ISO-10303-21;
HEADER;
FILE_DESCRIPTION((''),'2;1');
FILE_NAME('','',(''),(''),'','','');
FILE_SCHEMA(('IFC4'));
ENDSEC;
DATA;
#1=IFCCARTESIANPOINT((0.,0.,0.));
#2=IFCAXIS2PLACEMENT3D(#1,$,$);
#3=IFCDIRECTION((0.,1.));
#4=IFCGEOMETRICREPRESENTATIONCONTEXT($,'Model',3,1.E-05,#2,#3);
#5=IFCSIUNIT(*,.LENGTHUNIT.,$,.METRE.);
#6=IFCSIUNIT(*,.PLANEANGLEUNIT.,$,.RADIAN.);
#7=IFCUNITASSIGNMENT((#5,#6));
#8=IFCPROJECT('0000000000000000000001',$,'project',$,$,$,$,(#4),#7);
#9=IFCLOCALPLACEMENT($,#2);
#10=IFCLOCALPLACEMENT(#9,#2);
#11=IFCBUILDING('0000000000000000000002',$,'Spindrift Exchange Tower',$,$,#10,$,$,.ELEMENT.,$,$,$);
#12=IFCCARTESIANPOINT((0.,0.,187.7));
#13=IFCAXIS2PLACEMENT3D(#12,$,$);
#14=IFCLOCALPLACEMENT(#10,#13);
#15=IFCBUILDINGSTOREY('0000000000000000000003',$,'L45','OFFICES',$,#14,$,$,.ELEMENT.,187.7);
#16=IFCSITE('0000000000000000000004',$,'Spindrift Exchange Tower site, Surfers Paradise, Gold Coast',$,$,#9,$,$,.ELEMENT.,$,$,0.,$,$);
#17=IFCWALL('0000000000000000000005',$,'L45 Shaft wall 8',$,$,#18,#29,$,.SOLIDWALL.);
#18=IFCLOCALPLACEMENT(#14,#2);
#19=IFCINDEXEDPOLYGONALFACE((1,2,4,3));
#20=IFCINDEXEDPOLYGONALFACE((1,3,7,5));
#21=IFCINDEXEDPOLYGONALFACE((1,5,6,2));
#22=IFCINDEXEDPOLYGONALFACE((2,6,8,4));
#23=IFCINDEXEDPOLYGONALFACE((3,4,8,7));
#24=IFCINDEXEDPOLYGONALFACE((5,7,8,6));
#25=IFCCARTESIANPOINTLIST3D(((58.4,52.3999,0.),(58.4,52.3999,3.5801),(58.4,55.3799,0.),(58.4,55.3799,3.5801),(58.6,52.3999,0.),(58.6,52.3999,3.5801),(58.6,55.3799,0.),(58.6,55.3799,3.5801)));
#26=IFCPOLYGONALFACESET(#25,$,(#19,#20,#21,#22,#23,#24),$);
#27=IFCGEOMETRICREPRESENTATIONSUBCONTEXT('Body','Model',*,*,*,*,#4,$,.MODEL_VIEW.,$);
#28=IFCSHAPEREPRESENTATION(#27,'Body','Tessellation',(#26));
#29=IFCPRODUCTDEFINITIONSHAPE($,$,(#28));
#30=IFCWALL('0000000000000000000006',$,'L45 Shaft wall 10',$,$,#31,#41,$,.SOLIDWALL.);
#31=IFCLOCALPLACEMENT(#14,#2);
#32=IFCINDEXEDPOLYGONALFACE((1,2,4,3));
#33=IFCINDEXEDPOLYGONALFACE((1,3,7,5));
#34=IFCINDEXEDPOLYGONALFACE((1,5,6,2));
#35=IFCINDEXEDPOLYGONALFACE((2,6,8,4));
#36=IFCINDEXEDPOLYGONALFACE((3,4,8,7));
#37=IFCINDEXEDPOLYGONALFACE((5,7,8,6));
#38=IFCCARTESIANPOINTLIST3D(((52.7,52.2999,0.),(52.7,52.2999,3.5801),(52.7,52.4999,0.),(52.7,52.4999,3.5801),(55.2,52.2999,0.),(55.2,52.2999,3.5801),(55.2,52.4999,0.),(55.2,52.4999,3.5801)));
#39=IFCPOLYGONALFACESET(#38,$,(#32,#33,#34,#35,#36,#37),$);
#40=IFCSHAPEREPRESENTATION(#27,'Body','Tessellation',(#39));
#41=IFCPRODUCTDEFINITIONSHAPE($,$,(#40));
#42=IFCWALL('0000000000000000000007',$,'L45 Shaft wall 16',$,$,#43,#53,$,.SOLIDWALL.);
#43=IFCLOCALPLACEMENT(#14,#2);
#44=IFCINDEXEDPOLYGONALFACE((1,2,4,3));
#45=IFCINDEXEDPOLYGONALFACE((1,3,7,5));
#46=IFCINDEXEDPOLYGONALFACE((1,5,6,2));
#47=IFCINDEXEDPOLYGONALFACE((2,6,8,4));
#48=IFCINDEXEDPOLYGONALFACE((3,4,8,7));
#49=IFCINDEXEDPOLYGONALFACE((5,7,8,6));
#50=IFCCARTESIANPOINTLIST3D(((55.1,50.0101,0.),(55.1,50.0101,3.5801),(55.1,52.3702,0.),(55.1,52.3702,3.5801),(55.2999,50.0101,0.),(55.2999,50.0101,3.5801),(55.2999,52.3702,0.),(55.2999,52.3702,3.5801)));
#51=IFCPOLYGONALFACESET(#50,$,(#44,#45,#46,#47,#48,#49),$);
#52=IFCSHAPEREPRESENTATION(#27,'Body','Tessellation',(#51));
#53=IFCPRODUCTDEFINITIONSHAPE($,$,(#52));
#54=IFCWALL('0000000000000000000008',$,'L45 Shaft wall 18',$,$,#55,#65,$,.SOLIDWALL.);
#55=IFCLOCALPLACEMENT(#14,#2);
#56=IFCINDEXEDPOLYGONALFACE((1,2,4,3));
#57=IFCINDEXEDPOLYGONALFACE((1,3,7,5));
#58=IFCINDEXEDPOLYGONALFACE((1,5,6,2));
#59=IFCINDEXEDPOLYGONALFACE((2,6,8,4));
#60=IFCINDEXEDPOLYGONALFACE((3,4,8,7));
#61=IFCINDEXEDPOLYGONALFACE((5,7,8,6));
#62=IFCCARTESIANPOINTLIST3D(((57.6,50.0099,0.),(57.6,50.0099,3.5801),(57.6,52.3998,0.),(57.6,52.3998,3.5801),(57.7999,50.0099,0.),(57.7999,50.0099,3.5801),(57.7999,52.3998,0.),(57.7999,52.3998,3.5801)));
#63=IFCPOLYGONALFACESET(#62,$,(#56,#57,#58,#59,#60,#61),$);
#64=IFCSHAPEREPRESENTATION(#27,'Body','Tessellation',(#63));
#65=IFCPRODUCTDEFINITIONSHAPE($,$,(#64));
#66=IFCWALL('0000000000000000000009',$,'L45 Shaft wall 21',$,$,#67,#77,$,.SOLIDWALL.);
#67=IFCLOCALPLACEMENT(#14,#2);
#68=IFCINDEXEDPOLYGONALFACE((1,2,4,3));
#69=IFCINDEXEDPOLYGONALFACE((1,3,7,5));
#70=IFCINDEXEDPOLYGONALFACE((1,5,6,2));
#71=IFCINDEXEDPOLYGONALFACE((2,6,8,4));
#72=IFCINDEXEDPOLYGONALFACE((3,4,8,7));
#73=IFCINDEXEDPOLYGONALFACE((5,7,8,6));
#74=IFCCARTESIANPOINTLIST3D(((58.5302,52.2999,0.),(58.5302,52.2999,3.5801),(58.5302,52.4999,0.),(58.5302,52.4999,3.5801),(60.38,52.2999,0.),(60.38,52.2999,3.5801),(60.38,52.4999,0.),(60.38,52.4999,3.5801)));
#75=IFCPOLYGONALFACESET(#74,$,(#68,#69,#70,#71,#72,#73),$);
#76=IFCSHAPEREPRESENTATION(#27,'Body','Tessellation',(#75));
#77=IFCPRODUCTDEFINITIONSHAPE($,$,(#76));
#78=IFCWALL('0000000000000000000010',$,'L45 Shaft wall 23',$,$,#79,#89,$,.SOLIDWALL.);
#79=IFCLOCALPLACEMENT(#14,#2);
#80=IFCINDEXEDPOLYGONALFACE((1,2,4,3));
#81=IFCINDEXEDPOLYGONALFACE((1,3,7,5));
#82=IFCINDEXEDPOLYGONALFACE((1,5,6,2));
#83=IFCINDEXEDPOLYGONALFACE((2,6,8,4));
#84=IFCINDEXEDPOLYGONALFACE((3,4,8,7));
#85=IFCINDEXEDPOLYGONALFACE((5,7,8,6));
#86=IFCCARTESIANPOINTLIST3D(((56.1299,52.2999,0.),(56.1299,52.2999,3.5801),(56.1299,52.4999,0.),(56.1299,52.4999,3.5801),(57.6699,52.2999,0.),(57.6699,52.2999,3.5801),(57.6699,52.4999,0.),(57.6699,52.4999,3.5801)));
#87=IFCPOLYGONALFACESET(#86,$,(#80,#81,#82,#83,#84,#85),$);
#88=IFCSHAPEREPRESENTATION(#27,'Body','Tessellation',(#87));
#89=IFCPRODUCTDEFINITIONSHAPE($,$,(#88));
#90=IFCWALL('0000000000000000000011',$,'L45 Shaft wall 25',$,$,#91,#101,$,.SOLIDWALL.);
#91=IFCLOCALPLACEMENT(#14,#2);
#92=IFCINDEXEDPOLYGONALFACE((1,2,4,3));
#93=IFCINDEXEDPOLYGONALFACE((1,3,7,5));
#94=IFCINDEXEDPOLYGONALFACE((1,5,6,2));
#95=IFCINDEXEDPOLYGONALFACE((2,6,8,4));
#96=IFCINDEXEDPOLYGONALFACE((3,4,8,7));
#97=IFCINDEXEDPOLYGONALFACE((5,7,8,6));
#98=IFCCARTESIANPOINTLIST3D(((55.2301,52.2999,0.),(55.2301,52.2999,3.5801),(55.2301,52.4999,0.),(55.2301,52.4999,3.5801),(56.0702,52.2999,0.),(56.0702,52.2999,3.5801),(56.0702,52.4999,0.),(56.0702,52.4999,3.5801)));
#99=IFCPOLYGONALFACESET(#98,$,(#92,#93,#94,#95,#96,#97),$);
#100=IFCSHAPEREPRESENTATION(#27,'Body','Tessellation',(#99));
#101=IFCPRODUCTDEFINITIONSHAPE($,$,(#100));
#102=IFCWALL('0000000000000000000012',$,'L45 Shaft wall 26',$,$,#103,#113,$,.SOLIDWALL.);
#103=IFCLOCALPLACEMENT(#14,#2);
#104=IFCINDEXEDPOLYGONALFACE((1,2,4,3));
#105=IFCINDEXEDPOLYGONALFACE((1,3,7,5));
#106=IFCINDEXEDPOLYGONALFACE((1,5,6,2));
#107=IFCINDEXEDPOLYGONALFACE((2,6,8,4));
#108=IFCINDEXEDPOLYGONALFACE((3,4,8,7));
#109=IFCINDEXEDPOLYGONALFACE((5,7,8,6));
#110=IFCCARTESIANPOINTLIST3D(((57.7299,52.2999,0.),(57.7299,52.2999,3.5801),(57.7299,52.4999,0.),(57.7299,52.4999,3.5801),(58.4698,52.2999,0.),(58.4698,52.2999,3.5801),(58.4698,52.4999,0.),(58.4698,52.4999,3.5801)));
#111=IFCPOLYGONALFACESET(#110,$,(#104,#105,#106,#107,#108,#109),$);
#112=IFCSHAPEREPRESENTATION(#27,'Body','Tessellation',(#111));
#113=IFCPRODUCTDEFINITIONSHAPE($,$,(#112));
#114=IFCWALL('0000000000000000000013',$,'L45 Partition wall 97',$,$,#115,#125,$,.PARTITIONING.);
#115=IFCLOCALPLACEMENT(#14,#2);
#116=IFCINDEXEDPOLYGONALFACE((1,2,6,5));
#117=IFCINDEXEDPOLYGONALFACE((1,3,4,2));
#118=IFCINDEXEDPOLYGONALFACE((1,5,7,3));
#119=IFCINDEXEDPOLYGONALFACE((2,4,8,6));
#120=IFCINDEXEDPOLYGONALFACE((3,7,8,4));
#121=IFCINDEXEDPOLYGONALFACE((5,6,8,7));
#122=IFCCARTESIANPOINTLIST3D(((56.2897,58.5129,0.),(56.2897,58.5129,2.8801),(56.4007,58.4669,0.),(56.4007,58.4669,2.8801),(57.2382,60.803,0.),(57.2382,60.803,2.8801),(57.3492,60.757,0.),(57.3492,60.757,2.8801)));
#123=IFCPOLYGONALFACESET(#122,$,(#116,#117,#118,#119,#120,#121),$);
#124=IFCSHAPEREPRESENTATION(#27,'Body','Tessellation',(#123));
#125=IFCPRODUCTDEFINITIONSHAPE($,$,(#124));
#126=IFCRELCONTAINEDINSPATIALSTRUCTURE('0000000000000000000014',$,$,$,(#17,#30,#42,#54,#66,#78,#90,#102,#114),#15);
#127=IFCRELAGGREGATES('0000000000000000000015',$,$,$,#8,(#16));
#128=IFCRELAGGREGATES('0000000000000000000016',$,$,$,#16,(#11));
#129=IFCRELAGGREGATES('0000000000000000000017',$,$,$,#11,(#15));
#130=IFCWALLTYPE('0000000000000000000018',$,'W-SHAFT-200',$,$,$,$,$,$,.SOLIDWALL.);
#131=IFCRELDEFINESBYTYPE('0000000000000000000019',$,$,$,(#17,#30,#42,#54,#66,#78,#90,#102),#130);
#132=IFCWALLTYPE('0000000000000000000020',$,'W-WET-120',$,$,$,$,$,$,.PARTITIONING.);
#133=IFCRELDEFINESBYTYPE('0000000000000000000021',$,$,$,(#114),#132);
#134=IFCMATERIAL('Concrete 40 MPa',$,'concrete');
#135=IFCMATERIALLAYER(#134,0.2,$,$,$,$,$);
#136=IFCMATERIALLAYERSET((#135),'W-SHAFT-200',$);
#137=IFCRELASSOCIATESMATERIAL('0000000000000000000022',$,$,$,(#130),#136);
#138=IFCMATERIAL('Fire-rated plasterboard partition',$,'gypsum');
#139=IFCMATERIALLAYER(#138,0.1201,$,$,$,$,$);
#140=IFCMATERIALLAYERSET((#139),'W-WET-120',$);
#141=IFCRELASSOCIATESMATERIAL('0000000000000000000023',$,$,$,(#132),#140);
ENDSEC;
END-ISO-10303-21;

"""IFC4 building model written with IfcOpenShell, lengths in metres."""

from ifc_helpers import new_model, si_unit, direction, frame, frame_2d, origin, place, context, subcontext, project, spatial, rectangle, extrude, material, layer, layer_set, type_object, element, save


model = new_model("IFC4")

# Units and contexts
model_context = context("Model", 3, precision=1e-05, world=origin(), true_north=direction((0.0, 1.0)))
body_context = subcontext(model_context, "Body", "Model", "MODEL_VIEW")
ifc_project = project(units=[si_unit("LENGTHUNIT", "METRE"), si_unit("PLANEANGLEUNIT", "RADIAN")], contexts=[model_context])

# Site, building, storey
site_placement = place(None, origin())
site = spatial("IfcSite", under=ifc_project, at=site_placement, Name="Spindrift Exchange Tower site, Surfers Paradise, Gold Coast", CompositionType="ELEMENT", RefElevation=0.0)
building_placement = place(site_placement, origin())
building = spatial("IfcBuilding", under=site, at=building_placement, Name="Spindrift Exchange Tower", CompositionType="ELEMENT")
storey_placement = place(building_placement, frame((0.0, 0.0, 187.7)))
storey = spatial("IfcBuildingStorey", under=building, at=storey_placement, Name="L45", Description="OFFICES", CompositionType="ELEMENT", Elevation=187.7)

# Shared definitions
ifc_material_1 = material(Name="Fire-rated plasterboard partition", Category="gypsum")

# Shared definitions
ifc_material_2 = material(Name="Concrete 40 MPa", Category="concrete")
ifc_layer_1 = layer(ifc_material_2, 0.2)
ifc_layer_set_1 = layer_set([ifc_layer_1], Name="W-SHAFT-200")
wall_type_1 = type_object("IfcWallType", Name="W-SHAFT-200", PredefinedType="SOLIDWALL", material=ifc_layer_set_1)

# Walls
wall_1_placement = place(storey_placement, frame((58.5, 52.3999, 0.0), z_axis=(0.0, 0.0, 1.0), x_axis=(0.0, 1.0, 0.0)))
element("IfcWall", 1, at=wall_1_placement, inside=storey, type_object=wall_type_1, Name="L45 Shaft wall 8", PredefinedType="SOLIDWALL", context=body_context, shape_type="SweptSolid", body=[
    extrude(rectangle(XDim=2.98, YDim=0.2, at=frame_2d((1.49, 0.0))), origin(), (0.0, 0.0, 1.0), 3.5801),
])
wall_2_placement = place(storey_placement, frame((55.2, 52.3999, 0.0), z_axis=(0.0, 0.0, 1.0), x_axis=(-1.0, 0.0, 0.0)))
element("IfcWall", 2, at=wall_2_placement, inside=storey, type_object=wall_type_1, Name="L45 Shaft wall 10", PredefinedType="SOLIDWALL", context=body_context, shape_type="SweptSolid", body=[
    extrude(rectangle(XDim=2.5, YDim=0.2, at=frame_2d((1.25, 0.0))), origin(), (0.0, 0.0, 1.0), 3.5801),
])
wall_3_placement = place(storey_placement, frame((55.2, 50.01, 0.0), z_axis=(0.0, 0.0, 1.0), x_axis=(0.0, 1.0, 0.0)))
element("IfcWall", 3, at=wall_3_placement, inside=storey, type_object=wall_type_1, Name="L45 Shaft wall 16", PredefinedType="SOLIDWALL", context=body_context, shape_type="SweptSolid", body=[
    extrude(rectangle(XDim=2.3601, YDim=0.2, at=frame_2d((1.1802, 0.0))), origin(), (0.0, 0.0, 1.0), 3.5801),
])
wall_4_placement = place(storey_placement, frame((57.7, 50.01, 0.0), z_axis=(0.0, 0.0, 1.0), x_axis=(0.0, 1.0, 0.0)))
element("IfcWall", 4, at=wall_4_placement, inside=storey, type_object=wall_type_1, Name="L45 Shaft wall 18", PredefinedType="SOLIDWALL", context=body_context, shape_type="SweptSolid", body=[
    extrude(rectangle(XDim=2.3899, YDim=0.2, at=frame_2d((1.1948, 0.0))), origin(), (0.0, 0.0, 1.0), 3.5801),
])
wall_5_placement = place(storey_placement, frame((60.3799, 52.3999, 0.0), z_axis=(0.0, 0.0, 1.0), x_axis=(-1.0, 0.0, 0.0)))
element("IfcWall", 5, at=wall_5_placement, inside=storey, type_object=wall_type_1, Name="L45 Shaft wall 21", PredefinedType="SOLIDWALL", context=body_context, shape_type="SweptSolid", body=[
    extrude(rectangle(XDim=1.8499, YDim=0.2, at=frame_2d((0.9248, 0.0))), origin(), (0.0, 0.0, 1.0), 3.5801),
])
wall_6_placement = place(storey_placement, frame((57.6699, 52.3999, 0.0), z_axis=(0.0, 0.0, 1.0), x_axis=(-1.0, 0.0, 0.0)))
element("IfcWall", 6, at=wall_6_placement, inside=storey, type_object=wall_type_1, Name="L45 Shaft wall 23", PredefinedType="SOLIDWALL", context=body_context, shape_type="SweptSolid", body=[
    extrude(rectangle(XDim=1.54, YDim=0.2, at=frame_2d((0.77, 0.0))), origin(), (0.0, 0.0, 1.0), 3.5801),
])
wall_7_placement = place(storey_placement, frame((56.0701, 52.3999, 0.0), z_axis=(0.0, 0.0, 1.0), x_axis=(-1.0, 0.0, 0.0)))
element("IfcWall", 7, at=wall_7_placement, inside=storey, type_object=wall_type_1, Name="L45 Shaft wall 25", PredefinedType="SOLIDWALL", context=body_context, shape_type="SweptSolid", body=[
    extrude(rectangle(XDim=0.8401, YDim=0.2, at=frame_2d((0.4199, 0.0))), origin(), (0.0, 0.0, 1.0), 3.5801),
])
wall_8_placement = place(storey_placement, frame((58.47, 52.3999, 0.0), z_axis=(0.0, 0.0, 1.0), x_axis=(-1.0, 0.0, 0.0)))
element("IfcWall", 8, at=wall_8_placement, inside=storey, type_object=wall_type_1, Name="L45 Shaft wall 26", PredefinedType="SOLIDWALL", context=body_context, shape_type="SweptSolid", body=[
    extrude(rectangle(XDim=0.74, YDim=0.2, at=frame_2d((0.3701, 0.0))), origin(), (0.0, 0.0, 1.0), 3.5801),
])
ifc_layer_2 = layer(ifc_material_1, 0.1201)
ifc_layer_set_2 = layer_set([ifc_layer_2], Name="W-WET-120")
wall_type_2 = type_object("IfcWallType", Name="W-WET-120", PredefinedType="PARTITIONING", material=ifc_layer_set_2)
wall_9_placement = place(storey_placement, frame((56.3452, 58.49, 0.0), z_axis=(0.0, 0.0, 1.0), x_axis=(0.382656, 0.923891, 0.0)))
element("IfcWall", 9, at=wall_9_placement, inside=storey, type_object=wall_type_2, Name="L45 Partition wall 97", PredefinedType="PARTITIONING", context=body_context, shape_type="SweptSolid", body=[
    extrude(rectangle(XDim=2.4788, YDim=0.1201, at=frame_2d((1.2393, 0.0))), origin(), (0.0, 0.0, 1.0), 2.8801),
])

save(model, "model.ifc")
